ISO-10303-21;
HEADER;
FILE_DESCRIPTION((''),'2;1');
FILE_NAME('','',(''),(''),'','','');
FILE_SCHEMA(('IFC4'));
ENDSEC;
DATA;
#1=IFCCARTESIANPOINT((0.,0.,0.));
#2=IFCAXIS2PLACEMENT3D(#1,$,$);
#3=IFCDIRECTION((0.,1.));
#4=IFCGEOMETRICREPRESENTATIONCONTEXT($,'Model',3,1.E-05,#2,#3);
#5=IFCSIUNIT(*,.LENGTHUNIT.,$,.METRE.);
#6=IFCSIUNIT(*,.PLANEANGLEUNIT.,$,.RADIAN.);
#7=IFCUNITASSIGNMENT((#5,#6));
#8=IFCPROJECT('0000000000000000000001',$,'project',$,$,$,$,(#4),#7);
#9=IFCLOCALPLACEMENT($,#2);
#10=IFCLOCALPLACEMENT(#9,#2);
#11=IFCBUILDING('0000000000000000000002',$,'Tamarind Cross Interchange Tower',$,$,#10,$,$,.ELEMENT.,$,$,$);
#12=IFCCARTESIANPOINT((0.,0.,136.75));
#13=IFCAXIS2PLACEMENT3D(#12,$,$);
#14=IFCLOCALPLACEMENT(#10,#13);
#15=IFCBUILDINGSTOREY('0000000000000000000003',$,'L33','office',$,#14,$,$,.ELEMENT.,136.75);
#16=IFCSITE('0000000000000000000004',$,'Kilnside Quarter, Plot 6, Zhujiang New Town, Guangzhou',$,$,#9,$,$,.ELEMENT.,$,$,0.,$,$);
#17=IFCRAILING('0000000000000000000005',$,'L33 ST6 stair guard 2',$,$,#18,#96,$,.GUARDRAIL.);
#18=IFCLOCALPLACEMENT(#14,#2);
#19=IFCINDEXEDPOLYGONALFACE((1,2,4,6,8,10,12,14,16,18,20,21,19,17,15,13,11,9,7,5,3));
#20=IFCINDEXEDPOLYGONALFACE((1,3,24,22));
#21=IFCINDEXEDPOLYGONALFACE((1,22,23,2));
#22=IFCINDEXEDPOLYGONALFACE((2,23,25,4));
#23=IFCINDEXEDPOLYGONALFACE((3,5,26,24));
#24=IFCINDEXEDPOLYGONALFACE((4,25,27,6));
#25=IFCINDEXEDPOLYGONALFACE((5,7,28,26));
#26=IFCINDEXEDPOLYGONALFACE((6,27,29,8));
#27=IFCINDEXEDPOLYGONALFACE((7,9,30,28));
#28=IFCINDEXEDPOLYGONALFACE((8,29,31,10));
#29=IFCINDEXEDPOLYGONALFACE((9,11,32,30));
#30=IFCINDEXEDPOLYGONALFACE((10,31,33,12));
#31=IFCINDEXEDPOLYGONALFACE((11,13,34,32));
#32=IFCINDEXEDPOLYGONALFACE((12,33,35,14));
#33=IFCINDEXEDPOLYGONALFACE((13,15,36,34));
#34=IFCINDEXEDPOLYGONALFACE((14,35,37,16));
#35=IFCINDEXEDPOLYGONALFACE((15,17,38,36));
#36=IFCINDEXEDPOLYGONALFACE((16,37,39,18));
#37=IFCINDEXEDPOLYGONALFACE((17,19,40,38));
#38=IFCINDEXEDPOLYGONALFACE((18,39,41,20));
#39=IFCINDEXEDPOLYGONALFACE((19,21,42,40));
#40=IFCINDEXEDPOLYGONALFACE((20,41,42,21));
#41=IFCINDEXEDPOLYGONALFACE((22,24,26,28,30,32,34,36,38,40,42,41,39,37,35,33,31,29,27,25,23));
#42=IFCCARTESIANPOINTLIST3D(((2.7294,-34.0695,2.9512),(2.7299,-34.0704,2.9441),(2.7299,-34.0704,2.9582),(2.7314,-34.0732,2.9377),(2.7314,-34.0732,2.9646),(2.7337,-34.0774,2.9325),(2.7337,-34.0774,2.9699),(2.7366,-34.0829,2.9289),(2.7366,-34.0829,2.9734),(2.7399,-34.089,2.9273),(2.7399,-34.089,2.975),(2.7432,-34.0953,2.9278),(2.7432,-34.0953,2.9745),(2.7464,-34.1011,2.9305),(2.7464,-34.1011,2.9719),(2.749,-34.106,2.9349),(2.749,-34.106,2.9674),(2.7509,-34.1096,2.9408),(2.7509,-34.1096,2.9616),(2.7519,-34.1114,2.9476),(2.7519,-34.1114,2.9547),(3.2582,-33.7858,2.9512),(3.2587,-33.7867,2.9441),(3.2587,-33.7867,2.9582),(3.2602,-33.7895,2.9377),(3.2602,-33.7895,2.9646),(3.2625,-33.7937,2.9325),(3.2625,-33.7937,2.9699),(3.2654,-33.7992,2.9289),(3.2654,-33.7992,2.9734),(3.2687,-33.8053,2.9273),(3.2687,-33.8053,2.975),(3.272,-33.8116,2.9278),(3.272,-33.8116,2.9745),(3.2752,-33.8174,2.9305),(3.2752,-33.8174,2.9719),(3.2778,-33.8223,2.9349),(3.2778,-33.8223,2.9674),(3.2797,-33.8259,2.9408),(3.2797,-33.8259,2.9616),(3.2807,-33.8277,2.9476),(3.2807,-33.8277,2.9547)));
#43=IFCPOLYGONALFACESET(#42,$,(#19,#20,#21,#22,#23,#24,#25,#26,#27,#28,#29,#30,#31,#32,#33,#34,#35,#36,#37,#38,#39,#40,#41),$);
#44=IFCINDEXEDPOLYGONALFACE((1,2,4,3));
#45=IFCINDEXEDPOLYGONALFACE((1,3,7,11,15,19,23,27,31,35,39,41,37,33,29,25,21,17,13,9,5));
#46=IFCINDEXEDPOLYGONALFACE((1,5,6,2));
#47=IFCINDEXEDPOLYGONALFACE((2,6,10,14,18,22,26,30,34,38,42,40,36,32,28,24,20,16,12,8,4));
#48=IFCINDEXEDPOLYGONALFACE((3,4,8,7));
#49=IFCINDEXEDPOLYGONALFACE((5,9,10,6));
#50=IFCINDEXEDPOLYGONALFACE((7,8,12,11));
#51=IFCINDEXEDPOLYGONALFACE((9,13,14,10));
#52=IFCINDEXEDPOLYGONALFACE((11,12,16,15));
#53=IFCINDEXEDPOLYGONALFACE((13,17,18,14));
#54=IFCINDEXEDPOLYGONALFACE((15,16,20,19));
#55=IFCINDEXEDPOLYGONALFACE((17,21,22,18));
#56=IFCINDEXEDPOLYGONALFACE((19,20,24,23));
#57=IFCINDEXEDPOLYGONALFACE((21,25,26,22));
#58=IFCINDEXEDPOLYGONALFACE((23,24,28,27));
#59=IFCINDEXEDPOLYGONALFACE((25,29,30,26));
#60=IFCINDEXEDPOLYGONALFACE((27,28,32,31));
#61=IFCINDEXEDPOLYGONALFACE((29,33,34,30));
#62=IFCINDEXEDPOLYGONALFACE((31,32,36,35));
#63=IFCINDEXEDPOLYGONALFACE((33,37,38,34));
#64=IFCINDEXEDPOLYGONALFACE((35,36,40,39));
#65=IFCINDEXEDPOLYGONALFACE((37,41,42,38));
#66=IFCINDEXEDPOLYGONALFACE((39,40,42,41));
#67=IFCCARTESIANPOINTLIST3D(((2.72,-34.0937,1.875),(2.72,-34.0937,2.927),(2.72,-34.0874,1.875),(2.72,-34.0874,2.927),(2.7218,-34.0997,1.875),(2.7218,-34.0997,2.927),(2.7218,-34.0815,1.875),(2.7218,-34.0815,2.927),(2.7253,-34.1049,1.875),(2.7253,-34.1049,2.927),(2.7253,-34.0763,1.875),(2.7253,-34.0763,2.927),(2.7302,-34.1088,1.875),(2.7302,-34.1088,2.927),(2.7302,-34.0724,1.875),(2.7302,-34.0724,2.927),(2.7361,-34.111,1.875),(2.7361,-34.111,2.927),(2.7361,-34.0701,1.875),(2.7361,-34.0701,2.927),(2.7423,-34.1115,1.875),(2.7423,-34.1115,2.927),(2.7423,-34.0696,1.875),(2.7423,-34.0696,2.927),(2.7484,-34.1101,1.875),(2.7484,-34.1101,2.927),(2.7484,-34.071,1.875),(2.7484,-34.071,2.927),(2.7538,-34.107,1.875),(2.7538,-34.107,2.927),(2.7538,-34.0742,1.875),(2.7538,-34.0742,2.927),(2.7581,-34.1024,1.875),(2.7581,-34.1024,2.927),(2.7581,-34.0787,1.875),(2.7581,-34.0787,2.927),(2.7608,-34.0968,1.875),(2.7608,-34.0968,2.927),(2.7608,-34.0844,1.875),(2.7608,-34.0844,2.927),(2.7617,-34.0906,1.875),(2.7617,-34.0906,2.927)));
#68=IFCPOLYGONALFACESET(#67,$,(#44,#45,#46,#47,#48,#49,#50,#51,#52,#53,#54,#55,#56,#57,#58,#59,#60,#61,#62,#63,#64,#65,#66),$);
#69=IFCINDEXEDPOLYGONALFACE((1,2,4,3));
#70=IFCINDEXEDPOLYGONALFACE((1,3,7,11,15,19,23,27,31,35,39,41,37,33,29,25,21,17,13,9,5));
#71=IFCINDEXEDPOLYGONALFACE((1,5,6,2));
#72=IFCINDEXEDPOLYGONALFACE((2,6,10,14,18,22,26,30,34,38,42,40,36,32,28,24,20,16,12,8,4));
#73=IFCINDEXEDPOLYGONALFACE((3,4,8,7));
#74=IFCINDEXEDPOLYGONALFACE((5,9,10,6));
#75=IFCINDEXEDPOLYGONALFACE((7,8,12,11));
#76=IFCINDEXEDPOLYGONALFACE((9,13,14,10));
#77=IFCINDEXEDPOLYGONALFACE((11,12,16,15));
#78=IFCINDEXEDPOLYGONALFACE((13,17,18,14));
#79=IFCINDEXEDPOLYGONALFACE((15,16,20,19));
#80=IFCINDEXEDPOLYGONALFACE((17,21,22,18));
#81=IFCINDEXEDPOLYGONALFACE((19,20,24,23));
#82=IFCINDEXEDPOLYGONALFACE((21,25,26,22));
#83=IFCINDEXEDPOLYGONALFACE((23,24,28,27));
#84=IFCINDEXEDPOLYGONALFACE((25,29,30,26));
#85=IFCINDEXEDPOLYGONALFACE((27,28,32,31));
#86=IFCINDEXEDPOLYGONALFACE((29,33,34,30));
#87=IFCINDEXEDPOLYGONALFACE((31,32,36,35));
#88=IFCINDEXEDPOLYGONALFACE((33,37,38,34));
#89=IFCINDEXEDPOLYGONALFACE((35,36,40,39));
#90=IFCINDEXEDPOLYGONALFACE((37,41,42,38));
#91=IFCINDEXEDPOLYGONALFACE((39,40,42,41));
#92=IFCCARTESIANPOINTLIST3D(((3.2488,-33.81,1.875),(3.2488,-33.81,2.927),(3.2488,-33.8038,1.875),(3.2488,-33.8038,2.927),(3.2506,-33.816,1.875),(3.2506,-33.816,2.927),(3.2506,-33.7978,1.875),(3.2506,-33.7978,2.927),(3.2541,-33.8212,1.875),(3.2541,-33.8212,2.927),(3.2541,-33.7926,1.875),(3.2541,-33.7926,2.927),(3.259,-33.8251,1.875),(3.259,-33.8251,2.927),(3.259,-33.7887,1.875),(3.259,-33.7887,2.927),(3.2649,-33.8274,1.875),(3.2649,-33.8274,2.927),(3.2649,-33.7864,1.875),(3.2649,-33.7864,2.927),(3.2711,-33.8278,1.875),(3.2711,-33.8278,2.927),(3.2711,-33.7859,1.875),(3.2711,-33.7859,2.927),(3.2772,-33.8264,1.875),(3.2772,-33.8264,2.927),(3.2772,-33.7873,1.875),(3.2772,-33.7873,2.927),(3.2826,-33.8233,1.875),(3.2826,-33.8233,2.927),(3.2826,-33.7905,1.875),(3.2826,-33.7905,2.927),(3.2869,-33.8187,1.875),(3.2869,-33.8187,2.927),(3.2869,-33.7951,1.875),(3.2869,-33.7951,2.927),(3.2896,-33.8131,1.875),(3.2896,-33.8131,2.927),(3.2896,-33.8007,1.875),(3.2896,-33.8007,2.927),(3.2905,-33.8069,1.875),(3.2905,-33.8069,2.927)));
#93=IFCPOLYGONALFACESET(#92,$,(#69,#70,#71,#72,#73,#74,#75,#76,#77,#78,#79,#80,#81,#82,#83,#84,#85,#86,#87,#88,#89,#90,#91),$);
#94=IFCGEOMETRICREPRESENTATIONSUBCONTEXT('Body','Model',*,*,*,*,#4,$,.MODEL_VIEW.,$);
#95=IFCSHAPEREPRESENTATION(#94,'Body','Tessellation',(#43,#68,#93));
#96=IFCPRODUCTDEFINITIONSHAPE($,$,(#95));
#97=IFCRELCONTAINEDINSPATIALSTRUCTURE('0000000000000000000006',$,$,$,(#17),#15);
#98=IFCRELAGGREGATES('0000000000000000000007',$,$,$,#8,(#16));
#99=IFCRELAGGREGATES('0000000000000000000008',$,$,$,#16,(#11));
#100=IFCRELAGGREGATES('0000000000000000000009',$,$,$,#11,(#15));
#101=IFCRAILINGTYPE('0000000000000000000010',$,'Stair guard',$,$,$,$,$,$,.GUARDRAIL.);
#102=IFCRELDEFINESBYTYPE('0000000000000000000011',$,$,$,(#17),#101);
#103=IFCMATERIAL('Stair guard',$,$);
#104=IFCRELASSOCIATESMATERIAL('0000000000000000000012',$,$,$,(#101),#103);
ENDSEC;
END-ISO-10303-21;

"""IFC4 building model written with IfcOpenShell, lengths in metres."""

from ifc_helpers import new_model, si_unit, direction, frame, origin, origin_2d, place, context, subcontext, project, spatial, circle, extrude, material, type_object, element, save


model = new_model("IFC4")

# Units and contexts
model_context = context("Model", 3, precision=1e-05, world=origin(), true_north=direction((0.0, 1.0)))
body_context = subcontext(model_context, "Body", "Model", "MODEL_VIEW")
ifc_project = project(units=[si_unit("LENGTHUNIT", "METRE"), si_unit("PLANEANGLEUNIT", "RADIAN")], contexts=[model_context])

# Site, building, storey
site_placement = place(None, origin())
site = spatial("IfcSite", under=ifc_project, at=site_placement, Name="Kilnside Quarter, Plot 6, Zhujiang New Town, Guangzhou", CompositionType="ELEMENT", RefElevation=0.0)
building_placement = place(site_placement, origin())
building = spatial("IfcBuilding", under=site, at=building_placement, Name="Tamarind Cross Interchange Tower", CompositionType="ELEMENT")
storey_placement = place(building_placement, frame((0.0, 0.0, 136.75)))
storey = spatial("IfcBuildingStorey", under=building, at=storey_placement, Name="L33", Description="office", CompositionType="ELEMENT", Elevation=136.75)

# Railing
ifc_material_1 = material(Name="Stair guard")
railing_type_1 = type_object("IfcRailingType", Name="Stair guard", PredefinedType="GUARDRAIL", material=ifc_material_1)
railing_1_placement = place(storey_placement, frame((2.7407, -34.0906, 1.875)))
element("IfcRailing", 1, at=railing_1_placement, inside=storey, type_object=railing_type_1, Name="L33 ST6 stair guard 2", PredefinedType="GUARDRAIL", context=body_context, shape_type="SweptSolid", body=[
    extrude(circle(Radius=0.0239, at=origin_2d()), frame((0.0, 0.0, 1.0762), z_axis=(0.881202, 0.472741, 0.0), x_axis=(-0.472741, 0.881202, 0.0)), (0.0, 0.0, 1.0), 0.6001),
    extrude(circle(Radius=0.021, at=origin_2d()), origin(), (0.0, 0.0, 1.0), 1.052),
    extrude(circle(Radius=0.021, at=origin_2d()), frame((0.5288, 0.2837, 0.0)), (0.0, 0.0, 1.0), 1.052),
])

save(model, "model.ifc")
